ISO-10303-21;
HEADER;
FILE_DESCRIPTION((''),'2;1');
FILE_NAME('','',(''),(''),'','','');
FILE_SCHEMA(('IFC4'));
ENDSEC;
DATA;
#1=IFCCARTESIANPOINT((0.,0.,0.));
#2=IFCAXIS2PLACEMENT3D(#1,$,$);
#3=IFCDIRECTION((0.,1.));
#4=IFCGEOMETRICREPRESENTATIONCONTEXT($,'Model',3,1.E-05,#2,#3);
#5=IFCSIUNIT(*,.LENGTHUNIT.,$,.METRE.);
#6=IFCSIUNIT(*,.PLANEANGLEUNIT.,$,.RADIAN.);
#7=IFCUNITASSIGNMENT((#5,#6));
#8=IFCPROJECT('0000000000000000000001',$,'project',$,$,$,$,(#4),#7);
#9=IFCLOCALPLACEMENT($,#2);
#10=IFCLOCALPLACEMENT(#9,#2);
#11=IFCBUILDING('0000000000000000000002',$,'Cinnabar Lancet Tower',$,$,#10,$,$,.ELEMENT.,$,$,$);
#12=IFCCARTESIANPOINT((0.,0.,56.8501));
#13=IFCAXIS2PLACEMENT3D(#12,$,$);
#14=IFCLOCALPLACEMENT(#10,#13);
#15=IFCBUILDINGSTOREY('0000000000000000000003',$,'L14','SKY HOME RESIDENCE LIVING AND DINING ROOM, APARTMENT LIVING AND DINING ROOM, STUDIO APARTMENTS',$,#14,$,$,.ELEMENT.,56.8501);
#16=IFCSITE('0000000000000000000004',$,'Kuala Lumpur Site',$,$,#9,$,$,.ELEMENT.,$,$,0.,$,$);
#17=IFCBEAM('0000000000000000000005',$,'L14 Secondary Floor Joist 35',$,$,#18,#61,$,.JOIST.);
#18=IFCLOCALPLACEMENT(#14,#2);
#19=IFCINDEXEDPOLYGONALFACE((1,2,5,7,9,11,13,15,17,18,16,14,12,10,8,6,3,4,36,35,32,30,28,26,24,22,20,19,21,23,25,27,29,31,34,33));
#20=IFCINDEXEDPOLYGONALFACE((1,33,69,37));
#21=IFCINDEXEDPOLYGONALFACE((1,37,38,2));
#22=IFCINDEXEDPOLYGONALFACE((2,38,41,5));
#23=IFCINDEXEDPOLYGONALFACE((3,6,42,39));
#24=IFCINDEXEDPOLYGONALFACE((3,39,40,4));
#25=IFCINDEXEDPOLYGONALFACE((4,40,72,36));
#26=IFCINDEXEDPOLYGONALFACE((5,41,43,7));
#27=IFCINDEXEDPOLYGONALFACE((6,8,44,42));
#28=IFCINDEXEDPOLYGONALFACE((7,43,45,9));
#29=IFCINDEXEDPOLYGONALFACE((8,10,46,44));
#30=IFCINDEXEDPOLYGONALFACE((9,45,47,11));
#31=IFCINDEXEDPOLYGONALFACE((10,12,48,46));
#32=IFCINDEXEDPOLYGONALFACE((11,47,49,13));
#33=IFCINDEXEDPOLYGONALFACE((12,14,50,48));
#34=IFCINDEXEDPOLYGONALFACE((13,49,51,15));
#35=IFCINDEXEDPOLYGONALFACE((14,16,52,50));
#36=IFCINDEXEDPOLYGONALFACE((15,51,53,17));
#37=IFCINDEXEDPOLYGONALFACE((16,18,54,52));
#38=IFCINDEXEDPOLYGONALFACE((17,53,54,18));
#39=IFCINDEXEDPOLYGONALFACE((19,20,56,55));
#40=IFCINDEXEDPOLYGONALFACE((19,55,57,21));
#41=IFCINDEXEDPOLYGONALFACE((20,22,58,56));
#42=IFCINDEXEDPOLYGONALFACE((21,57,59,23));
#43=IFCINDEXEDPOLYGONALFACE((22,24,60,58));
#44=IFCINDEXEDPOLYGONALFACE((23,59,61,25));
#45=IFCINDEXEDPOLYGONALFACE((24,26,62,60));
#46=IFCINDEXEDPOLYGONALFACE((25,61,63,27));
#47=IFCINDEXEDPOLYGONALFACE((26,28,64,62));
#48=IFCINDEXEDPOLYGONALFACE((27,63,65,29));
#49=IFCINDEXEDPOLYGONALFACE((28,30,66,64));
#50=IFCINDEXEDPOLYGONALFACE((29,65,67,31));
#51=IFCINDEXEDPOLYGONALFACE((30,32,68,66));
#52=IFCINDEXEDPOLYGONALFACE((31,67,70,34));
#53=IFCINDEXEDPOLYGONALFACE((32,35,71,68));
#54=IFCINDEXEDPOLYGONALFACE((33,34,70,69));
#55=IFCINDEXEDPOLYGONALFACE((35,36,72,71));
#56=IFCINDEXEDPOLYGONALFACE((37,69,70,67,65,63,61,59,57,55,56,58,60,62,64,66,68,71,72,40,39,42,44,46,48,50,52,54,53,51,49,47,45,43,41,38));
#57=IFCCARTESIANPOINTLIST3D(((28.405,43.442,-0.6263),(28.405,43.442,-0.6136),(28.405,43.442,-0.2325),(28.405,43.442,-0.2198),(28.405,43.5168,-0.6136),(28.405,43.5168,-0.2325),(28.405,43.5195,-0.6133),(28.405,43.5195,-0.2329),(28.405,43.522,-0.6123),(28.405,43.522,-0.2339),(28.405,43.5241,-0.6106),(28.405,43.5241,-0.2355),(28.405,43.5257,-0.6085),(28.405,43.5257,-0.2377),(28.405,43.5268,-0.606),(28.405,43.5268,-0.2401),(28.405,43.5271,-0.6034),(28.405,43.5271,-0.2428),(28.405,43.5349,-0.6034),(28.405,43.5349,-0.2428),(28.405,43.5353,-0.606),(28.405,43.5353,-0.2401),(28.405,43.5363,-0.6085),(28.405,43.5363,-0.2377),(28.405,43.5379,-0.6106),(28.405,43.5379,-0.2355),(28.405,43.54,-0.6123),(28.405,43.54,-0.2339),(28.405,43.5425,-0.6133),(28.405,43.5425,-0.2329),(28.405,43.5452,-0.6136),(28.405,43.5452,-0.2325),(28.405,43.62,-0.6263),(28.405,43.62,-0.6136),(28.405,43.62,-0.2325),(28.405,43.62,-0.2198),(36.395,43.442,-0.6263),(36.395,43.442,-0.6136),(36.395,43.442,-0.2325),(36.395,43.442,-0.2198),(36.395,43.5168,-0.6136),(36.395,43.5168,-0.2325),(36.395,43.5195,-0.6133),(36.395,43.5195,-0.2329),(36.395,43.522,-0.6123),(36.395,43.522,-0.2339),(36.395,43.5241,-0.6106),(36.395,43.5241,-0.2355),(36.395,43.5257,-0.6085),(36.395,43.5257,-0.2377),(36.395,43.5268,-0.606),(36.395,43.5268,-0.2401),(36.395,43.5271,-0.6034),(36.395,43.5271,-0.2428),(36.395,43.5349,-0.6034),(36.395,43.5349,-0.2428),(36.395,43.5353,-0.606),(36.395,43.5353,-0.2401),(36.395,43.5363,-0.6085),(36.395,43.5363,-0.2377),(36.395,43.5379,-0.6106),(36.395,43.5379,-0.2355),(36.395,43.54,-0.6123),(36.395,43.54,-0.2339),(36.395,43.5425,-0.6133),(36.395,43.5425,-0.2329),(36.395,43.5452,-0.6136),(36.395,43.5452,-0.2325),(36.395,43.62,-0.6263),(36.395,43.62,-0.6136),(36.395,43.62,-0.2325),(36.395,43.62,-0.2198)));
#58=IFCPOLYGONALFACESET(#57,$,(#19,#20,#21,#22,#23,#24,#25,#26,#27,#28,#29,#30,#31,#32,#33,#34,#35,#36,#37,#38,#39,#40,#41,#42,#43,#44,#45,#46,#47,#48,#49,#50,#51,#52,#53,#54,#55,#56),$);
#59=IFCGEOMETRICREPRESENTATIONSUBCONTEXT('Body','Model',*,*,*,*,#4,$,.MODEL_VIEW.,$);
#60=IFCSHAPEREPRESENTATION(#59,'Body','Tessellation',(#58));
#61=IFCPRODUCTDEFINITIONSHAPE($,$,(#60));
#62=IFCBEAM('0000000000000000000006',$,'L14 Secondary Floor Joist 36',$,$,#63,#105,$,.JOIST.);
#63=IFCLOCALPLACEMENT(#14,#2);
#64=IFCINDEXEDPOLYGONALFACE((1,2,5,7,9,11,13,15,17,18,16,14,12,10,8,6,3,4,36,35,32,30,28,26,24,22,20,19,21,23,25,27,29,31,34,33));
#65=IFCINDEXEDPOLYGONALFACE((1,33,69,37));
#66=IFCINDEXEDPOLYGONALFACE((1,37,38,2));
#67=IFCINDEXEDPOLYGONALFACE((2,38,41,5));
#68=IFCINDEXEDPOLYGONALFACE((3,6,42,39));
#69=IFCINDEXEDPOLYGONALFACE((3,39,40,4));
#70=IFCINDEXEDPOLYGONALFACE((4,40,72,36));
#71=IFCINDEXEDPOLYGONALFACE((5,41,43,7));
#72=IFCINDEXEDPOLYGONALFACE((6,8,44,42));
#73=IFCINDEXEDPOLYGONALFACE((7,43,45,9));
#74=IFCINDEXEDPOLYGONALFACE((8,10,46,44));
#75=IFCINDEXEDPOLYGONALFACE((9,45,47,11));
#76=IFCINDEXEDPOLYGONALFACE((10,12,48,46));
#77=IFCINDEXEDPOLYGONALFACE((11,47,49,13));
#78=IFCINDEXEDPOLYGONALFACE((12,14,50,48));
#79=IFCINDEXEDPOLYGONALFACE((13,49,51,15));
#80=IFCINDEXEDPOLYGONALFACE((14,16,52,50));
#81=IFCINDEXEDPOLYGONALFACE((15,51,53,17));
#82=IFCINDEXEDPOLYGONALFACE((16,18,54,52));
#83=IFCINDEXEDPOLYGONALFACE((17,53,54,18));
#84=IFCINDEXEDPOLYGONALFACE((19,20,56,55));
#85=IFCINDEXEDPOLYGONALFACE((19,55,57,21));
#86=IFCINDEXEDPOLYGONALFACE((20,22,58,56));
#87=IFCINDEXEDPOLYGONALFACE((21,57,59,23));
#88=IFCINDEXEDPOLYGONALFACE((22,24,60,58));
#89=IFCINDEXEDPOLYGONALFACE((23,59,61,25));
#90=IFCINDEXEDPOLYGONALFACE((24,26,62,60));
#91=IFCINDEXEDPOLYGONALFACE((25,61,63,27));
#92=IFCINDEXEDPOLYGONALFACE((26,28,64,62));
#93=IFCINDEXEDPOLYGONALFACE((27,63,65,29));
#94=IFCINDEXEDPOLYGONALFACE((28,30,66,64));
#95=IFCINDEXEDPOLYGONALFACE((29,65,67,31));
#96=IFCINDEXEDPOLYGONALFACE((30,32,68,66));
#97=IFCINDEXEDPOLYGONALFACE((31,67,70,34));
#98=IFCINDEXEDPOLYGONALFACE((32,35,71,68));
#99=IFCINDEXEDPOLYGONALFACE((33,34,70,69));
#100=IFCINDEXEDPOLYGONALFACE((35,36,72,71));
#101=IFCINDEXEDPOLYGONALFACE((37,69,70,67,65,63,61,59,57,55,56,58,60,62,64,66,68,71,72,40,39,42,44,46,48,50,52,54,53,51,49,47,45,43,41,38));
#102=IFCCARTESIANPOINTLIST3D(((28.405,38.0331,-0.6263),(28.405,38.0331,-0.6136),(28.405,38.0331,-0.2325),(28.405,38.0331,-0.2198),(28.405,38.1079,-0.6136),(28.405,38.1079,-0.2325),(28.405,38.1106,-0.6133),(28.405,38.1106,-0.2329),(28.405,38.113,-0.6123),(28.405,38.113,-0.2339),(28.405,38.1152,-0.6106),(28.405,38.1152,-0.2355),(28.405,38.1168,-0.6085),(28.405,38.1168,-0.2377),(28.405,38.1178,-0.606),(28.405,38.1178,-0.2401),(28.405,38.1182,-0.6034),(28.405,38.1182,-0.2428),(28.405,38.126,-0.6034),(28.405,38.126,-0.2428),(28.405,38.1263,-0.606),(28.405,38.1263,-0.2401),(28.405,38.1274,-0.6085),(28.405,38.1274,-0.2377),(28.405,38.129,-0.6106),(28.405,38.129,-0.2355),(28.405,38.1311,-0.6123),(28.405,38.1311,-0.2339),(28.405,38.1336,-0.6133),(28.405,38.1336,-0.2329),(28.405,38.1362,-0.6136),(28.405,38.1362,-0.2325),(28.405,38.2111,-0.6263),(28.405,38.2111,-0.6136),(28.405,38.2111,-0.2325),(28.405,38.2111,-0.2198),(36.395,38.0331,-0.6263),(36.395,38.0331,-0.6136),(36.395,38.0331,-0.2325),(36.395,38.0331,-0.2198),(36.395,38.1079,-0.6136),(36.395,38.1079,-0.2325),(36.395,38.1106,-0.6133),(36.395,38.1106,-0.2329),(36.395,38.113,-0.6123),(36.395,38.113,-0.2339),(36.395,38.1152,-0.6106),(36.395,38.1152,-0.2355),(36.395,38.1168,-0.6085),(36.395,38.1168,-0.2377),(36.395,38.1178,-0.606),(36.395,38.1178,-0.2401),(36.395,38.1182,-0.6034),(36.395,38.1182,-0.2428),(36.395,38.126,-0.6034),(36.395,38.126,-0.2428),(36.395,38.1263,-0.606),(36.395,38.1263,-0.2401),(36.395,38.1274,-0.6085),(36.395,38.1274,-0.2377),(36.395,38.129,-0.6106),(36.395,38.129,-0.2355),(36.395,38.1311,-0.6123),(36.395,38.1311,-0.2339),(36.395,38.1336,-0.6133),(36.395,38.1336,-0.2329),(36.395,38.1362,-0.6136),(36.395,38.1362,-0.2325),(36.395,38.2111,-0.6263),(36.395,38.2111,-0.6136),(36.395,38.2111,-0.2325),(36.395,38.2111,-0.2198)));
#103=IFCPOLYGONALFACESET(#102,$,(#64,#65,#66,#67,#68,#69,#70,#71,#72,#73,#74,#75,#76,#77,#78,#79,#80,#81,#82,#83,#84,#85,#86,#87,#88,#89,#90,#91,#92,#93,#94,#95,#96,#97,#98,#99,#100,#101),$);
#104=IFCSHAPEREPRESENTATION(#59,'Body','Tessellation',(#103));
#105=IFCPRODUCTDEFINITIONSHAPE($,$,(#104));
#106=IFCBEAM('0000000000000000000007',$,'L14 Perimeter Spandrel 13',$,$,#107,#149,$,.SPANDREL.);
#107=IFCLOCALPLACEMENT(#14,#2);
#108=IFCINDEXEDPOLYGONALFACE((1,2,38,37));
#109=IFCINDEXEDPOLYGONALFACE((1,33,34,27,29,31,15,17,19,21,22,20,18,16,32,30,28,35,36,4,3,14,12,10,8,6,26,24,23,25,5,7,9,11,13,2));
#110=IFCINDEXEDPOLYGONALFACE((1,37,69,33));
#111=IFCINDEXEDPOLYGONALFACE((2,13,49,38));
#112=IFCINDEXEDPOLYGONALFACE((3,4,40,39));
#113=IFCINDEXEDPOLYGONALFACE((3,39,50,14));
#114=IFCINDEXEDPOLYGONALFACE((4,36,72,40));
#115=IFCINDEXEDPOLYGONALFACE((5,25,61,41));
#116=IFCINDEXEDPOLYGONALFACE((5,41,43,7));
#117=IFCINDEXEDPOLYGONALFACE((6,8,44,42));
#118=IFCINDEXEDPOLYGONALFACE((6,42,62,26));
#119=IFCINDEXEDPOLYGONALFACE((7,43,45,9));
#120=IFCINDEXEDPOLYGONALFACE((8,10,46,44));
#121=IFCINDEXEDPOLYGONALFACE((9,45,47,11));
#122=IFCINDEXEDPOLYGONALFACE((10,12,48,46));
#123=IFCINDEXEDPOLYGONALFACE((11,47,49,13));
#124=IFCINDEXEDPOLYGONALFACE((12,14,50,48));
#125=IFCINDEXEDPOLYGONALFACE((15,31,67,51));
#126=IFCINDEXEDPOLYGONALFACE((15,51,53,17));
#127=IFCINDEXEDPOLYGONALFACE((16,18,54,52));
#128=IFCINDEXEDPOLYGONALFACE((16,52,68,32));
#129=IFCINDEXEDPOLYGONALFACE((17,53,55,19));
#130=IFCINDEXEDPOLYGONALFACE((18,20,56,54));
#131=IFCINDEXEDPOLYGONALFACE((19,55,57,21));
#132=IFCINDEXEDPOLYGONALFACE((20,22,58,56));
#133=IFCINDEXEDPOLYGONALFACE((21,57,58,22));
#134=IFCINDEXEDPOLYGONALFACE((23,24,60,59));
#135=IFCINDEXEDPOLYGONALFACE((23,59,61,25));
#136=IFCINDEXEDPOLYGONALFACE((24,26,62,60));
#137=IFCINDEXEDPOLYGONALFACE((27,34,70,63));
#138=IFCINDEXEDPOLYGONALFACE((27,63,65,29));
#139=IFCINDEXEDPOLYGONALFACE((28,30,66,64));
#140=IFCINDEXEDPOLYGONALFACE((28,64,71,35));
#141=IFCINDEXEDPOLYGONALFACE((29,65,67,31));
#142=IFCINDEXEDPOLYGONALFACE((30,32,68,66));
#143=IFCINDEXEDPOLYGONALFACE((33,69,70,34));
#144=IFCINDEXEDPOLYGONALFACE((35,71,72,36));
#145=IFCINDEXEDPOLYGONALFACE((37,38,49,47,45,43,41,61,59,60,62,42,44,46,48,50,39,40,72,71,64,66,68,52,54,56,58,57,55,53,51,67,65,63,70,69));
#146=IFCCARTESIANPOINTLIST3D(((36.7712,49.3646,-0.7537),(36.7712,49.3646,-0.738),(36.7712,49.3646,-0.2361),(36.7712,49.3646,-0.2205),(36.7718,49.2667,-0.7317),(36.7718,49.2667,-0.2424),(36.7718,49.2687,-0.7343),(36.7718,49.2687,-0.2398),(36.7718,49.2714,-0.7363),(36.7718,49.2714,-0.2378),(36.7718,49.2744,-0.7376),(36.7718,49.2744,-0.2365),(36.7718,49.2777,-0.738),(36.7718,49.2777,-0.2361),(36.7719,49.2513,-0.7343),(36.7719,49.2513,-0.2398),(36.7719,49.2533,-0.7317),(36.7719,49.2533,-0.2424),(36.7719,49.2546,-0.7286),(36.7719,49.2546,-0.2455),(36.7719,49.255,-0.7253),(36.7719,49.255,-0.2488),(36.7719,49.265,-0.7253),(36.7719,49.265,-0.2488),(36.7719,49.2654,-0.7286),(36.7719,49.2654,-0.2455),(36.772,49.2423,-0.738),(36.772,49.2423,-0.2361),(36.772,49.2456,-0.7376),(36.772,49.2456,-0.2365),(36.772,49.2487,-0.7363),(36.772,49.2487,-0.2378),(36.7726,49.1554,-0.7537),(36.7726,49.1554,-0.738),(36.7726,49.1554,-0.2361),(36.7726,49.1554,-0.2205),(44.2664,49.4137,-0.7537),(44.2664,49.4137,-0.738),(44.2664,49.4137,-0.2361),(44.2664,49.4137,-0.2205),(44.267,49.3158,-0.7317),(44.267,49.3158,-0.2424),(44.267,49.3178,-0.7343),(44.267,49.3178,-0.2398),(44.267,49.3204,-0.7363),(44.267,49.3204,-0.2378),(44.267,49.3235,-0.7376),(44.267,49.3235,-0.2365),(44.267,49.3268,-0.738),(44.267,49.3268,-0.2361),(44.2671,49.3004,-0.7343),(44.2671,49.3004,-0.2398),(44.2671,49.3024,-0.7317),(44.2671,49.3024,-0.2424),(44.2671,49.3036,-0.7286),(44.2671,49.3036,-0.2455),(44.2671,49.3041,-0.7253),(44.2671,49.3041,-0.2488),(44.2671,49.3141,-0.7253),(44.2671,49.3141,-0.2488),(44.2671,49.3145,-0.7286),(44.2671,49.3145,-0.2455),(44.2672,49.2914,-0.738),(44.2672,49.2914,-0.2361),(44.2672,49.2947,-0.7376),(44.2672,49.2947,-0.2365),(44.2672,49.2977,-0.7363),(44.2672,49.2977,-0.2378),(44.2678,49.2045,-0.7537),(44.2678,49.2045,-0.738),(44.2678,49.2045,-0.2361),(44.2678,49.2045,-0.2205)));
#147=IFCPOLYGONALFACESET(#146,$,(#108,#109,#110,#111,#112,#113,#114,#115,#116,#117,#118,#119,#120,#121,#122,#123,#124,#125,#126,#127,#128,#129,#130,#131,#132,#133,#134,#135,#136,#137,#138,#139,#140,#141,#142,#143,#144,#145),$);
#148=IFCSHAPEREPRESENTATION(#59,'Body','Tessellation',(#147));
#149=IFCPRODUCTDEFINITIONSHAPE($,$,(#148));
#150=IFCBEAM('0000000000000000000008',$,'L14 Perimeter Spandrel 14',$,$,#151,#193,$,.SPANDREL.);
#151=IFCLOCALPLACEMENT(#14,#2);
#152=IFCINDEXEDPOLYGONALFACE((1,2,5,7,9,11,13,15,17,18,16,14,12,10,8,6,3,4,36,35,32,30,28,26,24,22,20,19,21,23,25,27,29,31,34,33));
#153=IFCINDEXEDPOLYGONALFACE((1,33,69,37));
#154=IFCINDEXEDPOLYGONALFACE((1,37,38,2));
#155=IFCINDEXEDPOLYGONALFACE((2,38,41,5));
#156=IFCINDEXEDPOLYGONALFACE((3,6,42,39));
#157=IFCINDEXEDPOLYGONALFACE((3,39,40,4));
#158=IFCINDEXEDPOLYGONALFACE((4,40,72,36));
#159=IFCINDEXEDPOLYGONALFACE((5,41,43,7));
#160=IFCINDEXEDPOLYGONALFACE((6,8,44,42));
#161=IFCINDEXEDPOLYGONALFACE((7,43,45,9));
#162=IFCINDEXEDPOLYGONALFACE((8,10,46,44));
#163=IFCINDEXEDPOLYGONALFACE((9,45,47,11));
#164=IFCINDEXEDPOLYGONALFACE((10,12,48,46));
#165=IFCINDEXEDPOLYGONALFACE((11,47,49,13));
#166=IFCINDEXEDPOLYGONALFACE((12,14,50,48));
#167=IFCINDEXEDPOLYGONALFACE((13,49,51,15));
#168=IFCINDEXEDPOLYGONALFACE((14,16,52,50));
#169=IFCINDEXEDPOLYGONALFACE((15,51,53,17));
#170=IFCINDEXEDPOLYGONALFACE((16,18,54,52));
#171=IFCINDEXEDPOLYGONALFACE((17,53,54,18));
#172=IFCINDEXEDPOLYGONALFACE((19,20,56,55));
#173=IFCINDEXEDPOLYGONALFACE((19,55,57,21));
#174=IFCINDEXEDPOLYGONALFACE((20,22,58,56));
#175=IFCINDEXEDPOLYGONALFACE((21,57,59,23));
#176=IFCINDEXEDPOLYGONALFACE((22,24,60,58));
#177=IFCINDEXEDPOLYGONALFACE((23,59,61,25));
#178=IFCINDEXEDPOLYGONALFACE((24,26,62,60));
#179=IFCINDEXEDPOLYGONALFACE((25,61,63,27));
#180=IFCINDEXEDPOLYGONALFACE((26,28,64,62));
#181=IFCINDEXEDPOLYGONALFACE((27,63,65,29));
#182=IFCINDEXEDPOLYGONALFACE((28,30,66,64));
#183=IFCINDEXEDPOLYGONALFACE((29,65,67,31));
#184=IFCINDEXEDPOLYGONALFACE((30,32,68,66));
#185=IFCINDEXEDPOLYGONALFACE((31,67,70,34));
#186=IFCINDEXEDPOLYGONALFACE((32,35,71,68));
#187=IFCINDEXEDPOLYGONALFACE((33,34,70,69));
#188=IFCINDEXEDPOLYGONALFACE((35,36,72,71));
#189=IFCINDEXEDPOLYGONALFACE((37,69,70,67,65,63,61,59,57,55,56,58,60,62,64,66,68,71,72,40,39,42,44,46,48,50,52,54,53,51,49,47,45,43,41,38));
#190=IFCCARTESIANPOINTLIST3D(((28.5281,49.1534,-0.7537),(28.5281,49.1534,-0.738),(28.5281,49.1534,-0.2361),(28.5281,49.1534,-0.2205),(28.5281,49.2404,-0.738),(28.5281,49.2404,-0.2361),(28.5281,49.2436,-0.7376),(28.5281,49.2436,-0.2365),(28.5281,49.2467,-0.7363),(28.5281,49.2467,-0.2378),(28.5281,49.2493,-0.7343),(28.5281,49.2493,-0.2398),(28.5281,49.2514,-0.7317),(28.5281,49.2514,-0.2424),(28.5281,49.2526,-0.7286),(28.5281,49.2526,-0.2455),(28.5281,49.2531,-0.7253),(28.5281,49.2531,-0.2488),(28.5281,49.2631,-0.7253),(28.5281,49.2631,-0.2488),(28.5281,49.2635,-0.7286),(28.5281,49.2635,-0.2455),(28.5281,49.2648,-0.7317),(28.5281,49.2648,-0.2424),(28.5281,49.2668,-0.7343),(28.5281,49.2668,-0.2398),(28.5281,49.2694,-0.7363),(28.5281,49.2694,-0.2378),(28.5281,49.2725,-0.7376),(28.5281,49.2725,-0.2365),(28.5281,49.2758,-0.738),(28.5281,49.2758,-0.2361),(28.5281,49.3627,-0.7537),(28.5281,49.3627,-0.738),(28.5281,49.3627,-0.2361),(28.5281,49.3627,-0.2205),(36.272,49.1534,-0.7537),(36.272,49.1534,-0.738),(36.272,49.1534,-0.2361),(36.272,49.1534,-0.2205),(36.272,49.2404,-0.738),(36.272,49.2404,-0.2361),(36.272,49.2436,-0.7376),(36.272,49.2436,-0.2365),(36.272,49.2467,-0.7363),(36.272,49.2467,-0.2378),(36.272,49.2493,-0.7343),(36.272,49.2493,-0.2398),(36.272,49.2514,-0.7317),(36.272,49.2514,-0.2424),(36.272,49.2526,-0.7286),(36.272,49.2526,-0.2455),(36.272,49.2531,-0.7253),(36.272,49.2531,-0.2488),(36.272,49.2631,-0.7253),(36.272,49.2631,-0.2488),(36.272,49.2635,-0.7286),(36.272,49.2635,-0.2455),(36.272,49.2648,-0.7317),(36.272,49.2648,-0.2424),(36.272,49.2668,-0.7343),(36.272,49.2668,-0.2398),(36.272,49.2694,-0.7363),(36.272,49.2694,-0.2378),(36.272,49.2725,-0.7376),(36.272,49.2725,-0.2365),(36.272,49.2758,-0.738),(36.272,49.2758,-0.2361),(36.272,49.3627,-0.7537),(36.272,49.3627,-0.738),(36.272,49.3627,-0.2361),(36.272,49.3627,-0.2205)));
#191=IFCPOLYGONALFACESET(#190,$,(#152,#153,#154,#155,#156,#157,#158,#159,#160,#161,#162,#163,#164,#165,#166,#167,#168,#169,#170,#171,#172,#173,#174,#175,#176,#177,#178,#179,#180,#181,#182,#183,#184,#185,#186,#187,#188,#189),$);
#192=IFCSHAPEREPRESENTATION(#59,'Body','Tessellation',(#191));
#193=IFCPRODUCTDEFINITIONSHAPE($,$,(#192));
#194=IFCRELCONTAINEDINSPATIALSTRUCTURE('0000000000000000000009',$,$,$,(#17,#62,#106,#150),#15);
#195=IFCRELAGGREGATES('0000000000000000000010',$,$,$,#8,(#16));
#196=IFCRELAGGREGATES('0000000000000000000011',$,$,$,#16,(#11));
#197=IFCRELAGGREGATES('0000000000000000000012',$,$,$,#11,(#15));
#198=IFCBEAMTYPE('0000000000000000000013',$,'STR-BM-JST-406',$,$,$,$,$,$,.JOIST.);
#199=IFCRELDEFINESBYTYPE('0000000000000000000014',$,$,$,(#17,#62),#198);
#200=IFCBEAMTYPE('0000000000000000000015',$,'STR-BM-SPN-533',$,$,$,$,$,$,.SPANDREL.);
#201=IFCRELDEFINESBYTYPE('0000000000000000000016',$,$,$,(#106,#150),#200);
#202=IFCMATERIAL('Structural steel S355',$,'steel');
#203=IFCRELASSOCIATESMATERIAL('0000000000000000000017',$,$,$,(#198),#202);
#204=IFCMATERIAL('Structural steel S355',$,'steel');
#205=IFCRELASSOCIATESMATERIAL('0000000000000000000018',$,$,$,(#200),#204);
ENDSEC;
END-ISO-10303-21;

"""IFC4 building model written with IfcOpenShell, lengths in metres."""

from ifc_helpers import new_model, si_unit, direction, frame, origin, origin_2d, place, context, subcontext, project, spatial, i_section, extrude, material, material_profile, profile_set, type_object, element, save


model = new_model("IFC4")

# Units and contexts
model_context = context("Model", 3, precision=1e-05, world=origin(), true_north=direction((0.0, 1.0)))
body_context = subcontext(model_context, "Body", "Model", "MODEL_VIEW")
ifc_project = project(units=[si_unit("LENGTHUNIT", "METRE"), si_unit("PLANEANGLEUNIT", "RADIAN")], contexts=[model_context])

# Site, building, storey
site_placement = place(None, origin())
site = spatial("IfcSite", under=ifc_project, at=site_placement, Name="Kuala Lumpur Site", CompositionType="ELEMENT", RefElevation=0.0)
building_placement = place(site_placement, origin())
building = spatial("IfcBuilding", under=site, at=building_placement, Name="Cinnabar Lancet Tower", CompositionType="ELEMENT")
storey_placement = place(building_placement, frame((0.0, 0.0, 56.8501)))
storey = spatial("IfcBuildingStorey", under=building, at=storey_placement, Name="L14", Description="SKY HOME RESIDENCE LIVING AND DINING ROOM, APARTMENT LIVING AND DINING ROOM, STUDIO APARTMENTS", CompositionType="ELEMENT", Elevation=56.8501)

# Beams
ifc_material_1 = material(Name="Structural steel S355", Category="steel")
ifc_material_profile_1 = material_profile(ifc_material_1, i_section(OverallWidth=0.178, OverallDepth=0.4065, WebThickness=0.0078, FlangeThickness=0.0127, FilletRadius=0.0103, at=origin_2d()), Name="UKB 406x178x60")
ifc_profile_set_1 = profile_set([ifc_material_profile_1], Name="Structural steel S355")
beam_type_1 = type_object("IfcBeamType", Name="STR-BM-JST-406", PredefinedType="JOIST", material=ifc_profile_set_1)
for number, where, z_axis, x_axis, name in (
    (1, (36.395, 43.531, -0.4231), (-1.0, 0.0, 0.0), (0.0, -1.0, 0.0), "L14 Secondary Floor Joist 35"),
    (2, (36.395, 38.1221, -0.4231), (-1.0, 0.0, 0.0), (0.0, -1.0, 0.0), "L14 Secondary Floor Joist 36"),
):
    element("IfcBeam", number, at=place(storey_placement, frame(where, z_axis=z_axis, x_axis=x_axis)), inside=storey, type_object=beam_type_1, Name=name, PredefinedType="JOIST", context=body_context, shape_type="SweptSolid", body=[
        extrude(i_section(OverallWidth=0.178, OverallDepth=0.4065, WebThickness=0.0078, FlangeThickness=0.0127, FilletRadius=0.0103, at=origin_2d()), origin(), (0.0, 0.0, 1.0), 7.99),
    ])
ifc_material_2 = material(Name="Structural steel S355", Category="steel")
ifc_material_profile_2 = material_profile(ifc_material_2, i_section(OverallWidth=0.2092, OverallDepth=0.5332, WebThickness=0.01, FlangeThickness=0.0156, FilletRadius=0.0127, at=origin_2d()), Name="UKB 533x210x92")
ifc_profile_set_2 = profile_set([ifc_material_profile_2], Name="Structural steel S355")
beam_type_2 = type_object("IfcBeamType", Name="STR-BM-SPN-533", PredefinedType="SPANDREL", material=ifc_profile_set_2)
beam_1_placement = place(storey_placement, frame((44.2671, 49.3091, -0.4871), z_axis=(-0.999979, -0.006547, 0.0), x_axis=(0.006547, -0.999979, 0.0)))
element("IfcBeam", 3, at=beam_1_placement, inside=storey, type_object=beam_type_2, Name="L14 Perimeter Spandrel 13", PredefinedType="SPANDREL", context=body_context, shape_type="SweptSolid", body=[
    extrude(i_section(OverallWidth=0.2092, OverallDepth=0.5332, WebThickness=0.01, FlangeThickness=0.0156, FilletRadius=0.0127, at=origin_2d()), origin(), (0.0, 0.0, 1.0), 7.4954),
])
beam_2_placement = place(storey_placement, frame((36.272, 49.2581, -0.4871), z_axis=(-1.0, 0.0, 0.0), x_axis=(0.0, -1.0, 0.0)))
element("IfcBeam", 4, at=beam_2_placement, inside=storey, type_object=beam_type_2, Name="L14 Perimeter Spandrel 14", PredefinedType="SPANDREL", context=body_context, shape_type="SweptSolid", body=[
    extrude(i_section(OverallWidth=0.2092, OverallDepth=0.5332, WebThickness=0.01, FlangeThickness=0.0156, FilletRadius=0.0127, at=origin_2d()), origin(), (0.0, 0.0, 1.0), 7.7439),
])

save(model, "model.ifc")
